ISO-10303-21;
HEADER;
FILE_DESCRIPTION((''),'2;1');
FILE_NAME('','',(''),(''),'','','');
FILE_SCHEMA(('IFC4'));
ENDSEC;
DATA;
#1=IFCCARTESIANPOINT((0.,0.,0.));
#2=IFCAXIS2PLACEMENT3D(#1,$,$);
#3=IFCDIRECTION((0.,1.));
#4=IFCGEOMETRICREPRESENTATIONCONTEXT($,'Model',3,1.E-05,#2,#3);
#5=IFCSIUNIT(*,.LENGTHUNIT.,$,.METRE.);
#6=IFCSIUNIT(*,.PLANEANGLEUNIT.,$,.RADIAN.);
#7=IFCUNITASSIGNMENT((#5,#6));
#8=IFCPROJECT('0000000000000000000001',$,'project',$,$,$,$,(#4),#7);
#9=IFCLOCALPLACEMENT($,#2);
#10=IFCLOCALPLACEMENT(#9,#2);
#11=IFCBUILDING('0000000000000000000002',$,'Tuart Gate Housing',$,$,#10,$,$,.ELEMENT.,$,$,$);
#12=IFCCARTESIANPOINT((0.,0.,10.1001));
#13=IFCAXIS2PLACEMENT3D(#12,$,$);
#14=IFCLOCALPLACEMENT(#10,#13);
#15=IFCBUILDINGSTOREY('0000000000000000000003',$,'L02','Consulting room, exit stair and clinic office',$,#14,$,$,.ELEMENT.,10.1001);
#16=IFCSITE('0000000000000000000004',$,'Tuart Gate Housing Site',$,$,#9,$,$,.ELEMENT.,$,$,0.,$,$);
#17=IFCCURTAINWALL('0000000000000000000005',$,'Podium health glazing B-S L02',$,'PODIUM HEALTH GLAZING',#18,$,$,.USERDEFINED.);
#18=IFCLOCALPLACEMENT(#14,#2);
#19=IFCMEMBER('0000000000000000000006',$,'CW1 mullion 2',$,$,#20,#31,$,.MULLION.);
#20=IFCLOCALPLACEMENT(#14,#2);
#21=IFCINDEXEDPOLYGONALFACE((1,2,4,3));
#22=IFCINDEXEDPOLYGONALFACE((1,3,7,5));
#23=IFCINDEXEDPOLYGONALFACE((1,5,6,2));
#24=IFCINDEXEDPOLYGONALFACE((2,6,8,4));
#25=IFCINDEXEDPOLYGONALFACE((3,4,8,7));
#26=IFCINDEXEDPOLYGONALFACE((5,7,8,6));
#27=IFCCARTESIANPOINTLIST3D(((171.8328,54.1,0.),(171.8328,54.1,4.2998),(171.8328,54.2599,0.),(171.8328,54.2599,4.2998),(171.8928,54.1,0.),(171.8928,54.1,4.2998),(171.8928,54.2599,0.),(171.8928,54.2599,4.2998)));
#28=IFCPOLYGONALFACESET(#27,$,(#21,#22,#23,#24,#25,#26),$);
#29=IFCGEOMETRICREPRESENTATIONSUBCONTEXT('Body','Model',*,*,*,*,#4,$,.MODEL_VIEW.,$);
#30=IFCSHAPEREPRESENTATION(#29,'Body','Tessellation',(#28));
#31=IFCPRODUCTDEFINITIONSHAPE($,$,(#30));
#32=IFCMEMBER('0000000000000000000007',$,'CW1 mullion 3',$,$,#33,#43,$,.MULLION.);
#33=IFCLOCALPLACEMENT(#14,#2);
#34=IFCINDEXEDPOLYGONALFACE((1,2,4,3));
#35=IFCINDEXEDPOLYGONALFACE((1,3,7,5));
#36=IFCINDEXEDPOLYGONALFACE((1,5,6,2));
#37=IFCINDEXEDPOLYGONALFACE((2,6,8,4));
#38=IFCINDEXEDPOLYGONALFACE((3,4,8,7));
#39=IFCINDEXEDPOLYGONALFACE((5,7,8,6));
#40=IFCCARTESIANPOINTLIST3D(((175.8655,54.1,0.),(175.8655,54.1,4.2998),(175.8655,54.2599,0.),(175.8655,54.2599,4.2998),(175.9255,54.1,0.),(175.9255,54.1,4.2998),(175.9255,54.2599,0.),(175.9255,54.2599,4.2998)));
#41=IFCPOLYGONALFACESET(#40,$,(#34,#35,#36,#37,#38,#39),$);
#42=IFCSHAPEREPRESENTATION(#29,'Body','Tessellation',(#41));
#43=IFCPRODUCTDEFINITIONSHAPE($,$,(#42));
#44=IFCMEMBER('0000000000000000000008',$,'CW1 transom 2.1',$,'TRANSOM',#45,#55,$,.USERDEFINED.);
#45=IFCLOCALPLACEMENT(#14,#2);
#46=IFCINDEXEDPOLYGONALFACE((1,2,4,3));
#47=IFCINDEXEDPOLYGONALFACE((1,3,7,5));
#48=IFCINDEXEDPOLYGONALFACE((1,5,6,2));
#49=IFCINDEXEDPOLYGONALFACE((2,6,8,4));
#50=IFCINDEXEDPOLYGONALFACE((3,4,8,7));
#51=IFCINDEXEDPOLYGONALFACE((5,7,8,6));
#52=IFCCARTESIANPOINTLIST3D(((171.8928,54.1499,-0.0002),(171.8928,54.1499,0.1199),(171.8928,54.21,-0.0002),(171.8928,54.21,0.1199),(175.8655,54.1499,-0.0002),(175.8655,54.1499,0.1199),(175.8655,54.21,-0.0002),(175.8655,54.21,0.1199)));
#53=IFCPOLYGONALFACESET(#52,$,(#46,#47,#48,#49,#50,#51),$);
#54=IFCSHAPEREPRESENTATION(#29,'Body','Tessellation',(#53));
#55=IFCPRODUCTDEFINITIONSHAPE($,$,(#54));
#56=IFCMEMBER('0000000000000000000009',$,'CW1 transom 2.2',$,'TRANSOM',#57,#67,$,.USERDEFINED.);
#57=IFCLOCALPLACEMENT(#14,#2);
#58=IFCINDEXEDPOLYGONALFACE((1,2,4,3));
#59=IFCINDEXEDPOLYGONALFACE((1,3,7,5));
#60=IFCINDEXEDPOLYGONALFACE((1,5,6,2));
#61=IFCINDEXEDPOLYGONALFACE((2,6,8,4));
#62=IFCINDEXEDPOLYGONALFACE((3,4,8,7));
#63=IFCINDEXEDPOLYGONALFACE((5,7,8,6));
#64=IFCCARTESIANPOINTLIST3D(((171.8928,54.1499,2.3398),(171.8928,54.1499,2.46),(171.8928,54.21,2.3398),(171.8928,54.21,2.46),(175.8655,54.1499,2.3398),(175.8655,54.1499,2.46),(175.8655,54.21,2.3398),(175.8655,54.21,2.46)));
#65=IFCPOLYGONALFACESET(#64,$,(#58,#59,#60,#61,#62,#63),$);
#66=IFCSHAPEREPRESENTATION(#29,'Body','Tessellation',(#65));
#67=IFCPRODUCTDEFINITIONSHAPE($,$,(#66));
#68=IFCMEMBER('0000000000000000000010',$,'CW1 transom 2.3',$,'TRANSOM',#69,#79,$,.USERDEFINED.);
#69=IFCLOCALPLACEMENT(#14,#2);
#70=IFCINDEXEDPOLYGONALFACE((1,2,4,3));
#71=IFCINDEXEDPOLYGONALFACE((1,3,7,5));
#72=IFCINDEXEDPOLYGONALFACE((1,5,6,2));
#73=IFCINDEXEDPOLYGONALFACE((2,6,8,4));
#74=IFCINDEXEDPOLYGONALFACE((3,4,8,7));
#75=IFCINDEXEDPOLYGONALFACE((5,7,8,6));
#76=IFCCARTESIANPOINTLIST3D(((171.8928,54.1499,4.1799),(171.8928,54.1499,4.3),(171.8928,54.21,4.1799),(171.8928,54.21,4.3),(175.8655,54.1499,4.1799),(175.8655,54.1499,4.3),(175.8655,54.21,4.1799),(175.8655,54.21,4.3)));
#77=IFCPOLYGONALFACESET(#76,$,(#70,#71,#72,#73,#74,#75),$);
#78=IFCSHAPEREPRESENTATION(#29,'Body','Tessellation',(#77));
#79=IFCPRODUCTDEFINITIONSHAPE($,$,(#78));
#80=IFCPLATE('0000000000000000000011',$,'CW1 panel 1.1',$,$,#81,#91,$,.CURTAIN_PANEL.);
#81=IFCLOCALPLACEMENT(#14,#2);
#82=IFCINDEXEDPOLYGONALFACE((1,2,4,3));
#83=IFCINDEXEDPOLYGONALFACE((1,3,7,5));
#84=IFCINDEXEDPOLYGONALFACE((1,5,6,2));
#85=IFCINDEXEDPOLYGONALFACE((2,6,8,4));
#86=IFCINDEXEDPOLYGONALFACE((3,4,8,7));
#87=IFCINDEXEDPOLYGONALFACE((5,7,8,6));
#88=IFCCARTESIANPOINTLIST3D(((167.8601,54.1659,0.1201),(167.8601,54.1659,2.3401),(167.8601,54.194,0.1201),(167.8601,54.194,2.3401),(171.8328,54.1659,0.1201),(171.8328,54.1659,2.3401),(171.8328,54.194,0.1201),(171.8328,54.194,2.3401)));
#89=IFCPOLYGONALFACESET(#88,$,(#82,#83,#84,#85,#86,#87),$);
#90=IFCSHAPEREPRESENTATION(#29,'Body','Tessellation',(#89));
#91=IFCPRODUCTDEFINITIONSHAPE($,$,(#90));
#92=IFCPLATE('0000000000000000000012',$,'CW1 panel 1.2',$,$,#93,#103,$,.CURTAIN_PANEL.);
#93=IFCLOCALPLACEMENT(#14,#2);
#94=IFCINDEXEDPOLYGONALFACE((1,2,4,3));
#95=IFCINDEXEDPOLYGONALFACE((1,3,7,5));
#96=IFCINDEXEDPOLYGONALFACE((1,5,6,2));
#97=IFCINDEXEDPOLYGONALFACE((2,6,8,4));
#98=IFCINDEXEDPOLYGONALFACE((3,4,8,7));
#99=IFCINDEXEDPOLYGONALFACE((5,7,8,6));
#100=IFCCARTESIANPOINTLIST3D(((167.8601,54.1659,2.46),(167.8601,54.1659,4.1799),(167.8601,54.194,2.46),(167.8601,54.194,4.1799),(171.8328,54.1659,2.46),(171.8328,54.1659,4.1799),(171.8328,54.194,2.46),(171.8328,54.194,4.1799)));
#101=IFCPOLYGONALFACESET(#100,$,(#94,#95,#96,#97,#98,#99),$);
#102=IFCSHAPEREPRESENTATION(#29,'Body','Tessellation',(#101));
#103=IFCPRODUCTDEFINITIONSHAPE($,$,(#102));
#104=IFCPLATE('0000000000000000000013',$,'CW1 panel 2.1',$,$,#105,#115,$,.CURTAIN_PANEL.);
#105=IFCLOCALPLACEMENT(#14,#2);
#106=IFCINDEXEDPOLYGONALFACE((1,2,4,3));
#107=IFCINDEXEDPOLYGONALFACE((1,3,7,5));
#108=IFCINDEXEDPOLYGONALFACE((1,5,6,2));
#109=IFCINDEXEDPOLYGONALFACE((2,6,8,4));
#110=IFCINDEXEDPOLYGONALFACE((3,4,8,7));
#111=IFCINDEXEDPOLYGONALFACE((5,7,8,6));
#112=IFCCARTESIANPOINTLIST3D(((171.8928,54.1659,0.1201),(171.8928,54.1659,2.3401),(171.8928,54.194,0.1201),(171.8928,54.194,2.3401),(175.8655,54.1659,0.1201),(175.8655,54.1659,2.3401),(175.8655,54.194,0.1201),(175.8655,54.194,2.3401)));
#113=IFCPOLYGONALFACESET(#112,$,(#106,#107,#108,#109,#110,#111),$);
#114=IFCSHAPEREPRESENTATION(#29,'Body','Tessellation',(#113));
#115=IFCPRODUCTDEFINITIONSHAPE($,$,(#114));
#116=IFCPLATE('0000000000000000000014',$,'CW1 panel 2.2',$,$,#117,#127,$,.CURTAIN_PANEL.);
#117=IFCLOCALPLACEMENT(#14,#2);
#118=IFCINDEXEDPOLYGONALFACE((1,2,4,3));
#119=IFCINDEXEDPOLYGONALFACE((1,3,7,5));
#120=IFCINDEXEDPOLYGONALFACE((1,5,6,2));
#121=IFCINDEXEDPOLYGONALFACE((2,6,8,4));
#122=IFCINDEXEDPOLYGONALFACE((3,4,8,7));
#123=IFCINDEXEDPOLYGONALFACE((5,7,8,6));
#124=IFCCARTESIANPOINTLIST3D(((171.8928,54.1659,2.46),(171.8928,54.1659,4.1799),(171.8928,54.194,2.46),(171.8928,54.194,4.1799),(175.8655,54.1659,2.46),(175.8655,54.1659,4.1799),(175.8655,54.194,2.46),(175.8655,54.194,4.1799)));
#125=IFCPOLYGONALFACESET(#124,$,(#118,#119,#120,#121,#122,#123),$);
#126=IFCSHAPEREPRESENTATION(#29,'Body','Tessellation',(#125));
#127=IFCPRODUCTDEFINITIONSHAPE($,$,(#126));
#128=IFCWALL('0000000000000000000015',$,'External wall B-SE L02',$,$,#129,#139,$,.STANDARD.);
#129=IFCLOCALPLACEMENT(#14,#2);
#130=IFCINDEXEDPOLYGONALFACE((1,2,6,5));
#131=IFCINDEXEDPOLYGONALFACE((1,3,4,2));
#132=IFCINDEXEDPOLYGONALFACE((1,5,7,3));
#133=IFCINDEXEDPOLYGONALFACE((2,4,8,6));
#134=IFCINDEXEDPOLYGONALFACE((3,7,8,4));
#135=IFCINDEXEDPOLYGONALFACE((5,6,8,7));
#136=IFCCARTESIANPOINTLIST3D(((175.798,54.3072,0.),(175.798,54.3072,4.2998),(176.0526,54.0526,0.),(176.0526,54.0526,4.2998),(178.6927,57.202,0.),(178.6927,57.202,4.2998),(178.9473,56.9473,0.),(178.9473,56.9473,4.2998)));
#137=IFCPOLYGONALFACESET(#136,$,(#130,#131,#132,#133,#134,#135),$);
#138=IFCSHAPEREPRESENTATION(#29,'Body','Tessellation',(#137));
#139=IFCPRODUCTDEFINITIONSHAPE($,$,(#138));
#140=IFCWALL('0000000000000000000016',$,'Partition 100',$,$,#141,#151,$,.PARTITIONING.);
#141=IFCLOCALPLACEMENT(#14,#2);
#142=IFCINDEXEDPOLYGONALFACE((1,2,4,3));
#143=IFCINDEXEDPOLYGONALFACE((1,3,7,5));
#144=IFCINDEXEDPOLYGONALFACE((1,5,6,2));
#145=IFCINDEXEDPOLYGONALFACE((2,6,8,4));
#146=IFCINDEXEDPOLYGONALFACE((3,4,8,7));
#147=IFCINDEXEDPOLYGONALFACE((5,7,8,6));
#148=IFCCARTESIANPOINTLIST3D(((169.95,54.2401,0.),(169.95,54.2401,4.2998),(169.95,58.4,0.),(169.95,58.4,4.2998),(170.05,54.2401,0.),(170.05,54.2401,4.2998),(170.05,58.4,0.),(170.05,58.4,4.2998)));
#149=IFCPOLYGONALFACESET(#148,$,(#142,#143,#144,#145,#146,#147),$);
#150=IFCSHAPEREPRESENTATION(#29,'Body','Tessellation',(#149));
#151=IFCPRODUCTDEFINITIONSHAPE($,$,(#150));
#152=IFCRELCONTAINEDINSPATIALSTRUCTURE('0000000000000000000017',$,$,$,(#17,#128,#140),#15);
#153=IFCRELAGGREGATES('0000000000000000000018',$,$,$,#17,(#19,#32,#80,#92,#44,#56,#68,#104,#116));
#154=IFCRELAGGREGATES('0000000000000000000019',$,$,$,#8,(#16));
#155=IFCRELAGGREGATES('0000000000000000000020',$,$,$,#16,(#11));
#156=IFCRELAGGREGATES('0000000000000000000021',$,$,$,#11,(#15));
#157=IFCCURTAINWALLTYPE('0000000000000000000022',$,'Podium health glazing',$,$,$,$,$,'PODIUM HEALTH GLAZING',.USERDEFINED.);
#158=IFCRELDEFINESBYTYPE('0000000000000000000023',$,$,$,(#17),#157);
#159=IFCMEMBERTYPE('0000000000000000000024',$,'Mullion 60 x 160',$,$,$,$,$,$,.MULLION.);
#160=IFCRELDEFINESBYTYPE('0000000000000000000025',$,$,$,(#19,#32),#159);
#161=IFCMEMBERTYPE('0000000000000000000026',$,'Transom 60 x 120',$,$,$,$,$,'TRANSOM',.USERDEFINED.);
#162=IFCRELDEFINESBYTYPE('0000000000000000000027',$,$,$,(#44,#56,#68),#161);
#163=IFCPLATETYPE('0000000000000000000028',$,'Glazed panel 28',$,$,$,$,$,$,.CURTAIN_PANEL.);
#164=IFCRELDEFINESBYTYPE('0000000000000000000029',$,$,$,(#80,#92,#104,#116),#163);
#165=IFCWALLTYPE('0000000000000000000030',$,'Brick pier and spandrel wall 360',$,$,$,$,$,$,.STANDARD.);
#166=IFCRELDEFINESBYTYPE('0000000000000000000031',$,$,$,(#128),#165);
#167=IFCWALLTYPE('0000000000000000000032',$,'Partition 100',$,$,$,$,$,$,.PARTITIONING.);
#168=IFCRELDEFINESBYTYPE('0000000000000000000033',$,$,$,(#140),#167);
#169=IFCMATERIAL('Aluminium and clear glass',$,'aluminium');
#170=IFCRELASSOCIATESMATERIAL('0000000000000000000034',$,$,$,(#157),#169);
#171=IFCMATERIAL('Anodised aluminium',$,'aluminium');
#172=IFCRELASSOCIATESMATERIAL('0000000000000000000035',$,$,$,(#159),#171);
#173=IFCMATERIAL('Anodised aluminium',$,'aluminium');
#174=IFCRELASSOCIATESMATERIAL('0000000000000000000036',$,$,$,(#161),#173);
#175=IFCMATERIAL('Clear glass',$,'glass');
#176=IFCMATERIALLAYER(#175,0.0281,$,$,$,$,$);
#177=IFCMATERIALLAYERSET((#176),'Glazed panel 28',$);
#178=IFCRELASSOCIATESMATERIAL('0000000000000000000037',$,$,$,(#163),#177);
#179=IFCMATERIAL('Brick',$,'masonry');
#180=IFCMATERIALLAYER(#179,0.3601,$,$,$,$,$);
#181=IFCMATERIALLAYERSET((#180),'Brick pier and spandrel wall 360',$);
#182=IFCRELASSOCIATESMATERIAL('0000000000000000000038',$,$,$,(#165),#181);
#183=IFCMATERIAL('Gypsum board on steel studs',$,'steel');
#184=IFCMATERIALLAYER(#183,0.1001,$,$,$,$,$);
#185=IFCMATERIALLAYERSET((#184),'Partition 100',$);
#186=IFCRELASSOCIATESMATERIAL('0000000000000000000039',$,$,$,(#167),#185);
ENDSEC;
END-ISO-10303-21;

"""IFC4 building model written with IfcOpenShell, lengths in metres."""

from ifc_helpers import new_model, si_unit, direction, frame, frame_2d, origin, origin_2d, place, context, subcontext, project, spatial, rectangle, extrude, material, layer, layer_set, material_profile, profile_set, type_object, element, aggregate, save


model = new_model("IFC4")

# Units and contexts
model_context = context("Model", 3, precision=1e-05, world=origin(), true_north=direction((0.0, 1.0)))
body_context = subcontext(model_context, "Body", "Model", "MODEL_VIEW")
ifc_project = project(units=[si_unit("LENGTHUNIT", "METRE"), si_unit("PLANEANGLEUNIT", "RADIAN")], contexts=[model_context])

# Site, building, storey
site_placement = place(None, origin())
site = spatial("IfcSite", under=ifc_project, at=site_placement, Name="Tuart Gate Housing Site", CompositionType="ELEMENT", RefElevation=0.0)
building_placement = place(site_placement, origin())
building = spatial("IfcBuilding", under=site, at=building_placement, Name="Tuart Gate Housing", CompositionType="ELEMENT")
storey_placement = place(building_placement, frame((0.0, 0.0, 10.1001)))
storey = spatial("IfcBuildingStorey", under=building, at=storey_placement, Name="L02", Description="Consulting room, exit stair and clinic office", CompositionType="ELEMENT", Elevation=10.1001)

# Curtain wall, members, plates
ifc_material_1 = material(Name="Aluminium and clear glass", Category="aluminium")
curtain_wall_type = type_object("IfcCurtainWallType", Name="Podium health glazing", ElementType="PODIUM HEALTH GLAZING", PredefinedType="USERDEFINED", material=ifc_material_1)
curtain_wall_placement = place(storey_placement, origin())
curtain_wall = element("IfcCurtainWall", 1, at=curtain_wall_placement, inside=storey, type_object=curtain_wall_type, Name="Podium health glazing B-S L02", ObjectType="PODIUM HEALTH GLAZING", PredefinedType="USERDEFINED")
ifc_material_2 = material(Name="Anodised aluminium", Category="aluminium")
ifc_material_profile_1 = material_profile(ifc_material_2, rectangle(XDim=0.0601, YDim=0.1599, at=origin_2d()), Name="60x160")
ifc_profile_set_1 = profile_set([ifc_material_profile_1], Name="Anodised aluminium")
member_type_1 = type_object("IfcMemberType", Name="Mullion 60 x 160", PredefinedType="MULLION", material=ifc_profile_set_1)
member_1_placement = place(storey_placement, frame((171.8628, 54.1799, 0.0), z_axis=(0.0, 0.0, 1.0), x_axis=(1.0, 0.0, 0.0)))
member_1 = element("IfcMember", 2, at=member_1_placement, type_object=member_type_1, Name="CW1 mullion 2", PredefinedType="MULLION", context=body_context, shape_type="SweptSolid", body=[
    extrude(rectangle(XDim=0.0601, YDim=0.1599, at=origin_2d()), origin(), (0.0, 0.0, 1.0), 4.2998),
])
member_2_placement = place(storey_placement, frame((175.8955, 54.1799, 0.0), z_axis=(0.0, 0.0, 1.0), x_axis=(1.0, 0.0, 0.0)))
member_2 = element("IfcMember", 3, at=member_2_placement, type_object=member_type_1, Name="CW1 mullion 3", PredefinedType="MULLION", context=body_context, shape_type="SweptSolid", body=[
    extrude(rectangle(XDim=0.0601, YDim=0.1599, at=origin_2d()), origin(), (0.0, 0.0, 1.0), 4.2998),
])
ifc_material_3 = material(Name="Anodised aluminium", Category="aluminium")
ifc_material_profile_2 = material_profile(ifc_material_3, rectangle(XDim=0.0601, YDim=0.1201, at=origin_2d()), Name="60x120")
ifc_profile_set_2 = profile_set([ifc_material_profile_2], Name="Anodised aluminium")
member_type_2 = type_object("IfcMemberType", Name="Transom 60 x 120", ElementType="TRANSOM", PredefinedType="USERDEFINED", material=ifc_profile_set_2)
member_3_placement = place(storey_placement, frame((171.8928, 54.1799, 0.0598), z_axis=(1.0, 0.0, 0.0), x_axis=(0.0, 1.0, 0.0)))
member_3 = element("IfcMember", 4, at=member_3_placement, type_object=member_type_2, Name="CW1 transom 2.1", ObjectType="TRANSOM", PredefinedType="USERDEFINED", context=body_context, shape_type="SweptSolid", body=[
    extrude(rectangle(XDim=0.0601, YDim=0.1201, at=origin_2d()), origin(), (0.0, 0.0, 1.0), 3.9727),
])
member_4_placement = place(storey_placement, frame((171.8928, 54.1799, 2.3999), z_axis=(1.0, 0.0, 0.0), x_axis=(0.0, 1.0, 0.0)))
member_4 = element("IfcMember", 5, at=member_4_placement, type_object=member_type_2, Name="CW1 transom 2.2", ObjectType="TRANSOM", PredefinedType="USERDEFINED", context=body_context, shape_type="SweptSolid", body=[
    extrude(rectangle(XDim=0.0601, YDim=0.1201, at=origin_2d()), origin(), (0.0, 0.0, 1.0), 3.9727),
])
member_5_placement = place(storey_placement, frame((171.8928, 54.1799, 4.24), z_axis=(1.0, 0.0, 0.0), x_axis=(0.0, 1.0, 0.0)))
member_5 = element("IfcMember", 6, at=member_5_placement, type_object=member_type_2, Name="CW1 transom 2.3", ObjectType="TRANSOM", PredefinedType="USERDEFINED", context=body_context, shape_type="SweptSolid", body=[
    extrude(rectangle(XDim=0.0601, YDim=0.1201, at=origin_2d()), origin(), (0.0, 0.0, 1.0), 3.9727),
])
ifc_material_4 = material(Name="Clear glass", Category="glass")
ifc_layer_1 = layer(ifc_material_4, 0.0281)
ifc_layer_set_1 = layer_set([ifc_layer_1], Name="Glazed panel 28")
plate_type = type_object("IfcPlateType", Name="Glazed panel 28", PredefinedType="CURTAIN_PANEL", material=ifc_layer_set_1)
plate_1_placement = place(storey_placement, frame((169.8464, 54.1799, 0.1201), z_axis=(0.0, 0.0, 1.0), x_axis=(1.0, 0.0, 0.0)))
plate_1 = element("IfcPlate", 7, at=plate_1_placement, type_object=plate_type, Name="CW1 panel 1.1", PredefinedType="CURTAIN_PANEL", context=body_context, shape_type="SweptSolid", body=[
    extrude(rectangle(XDim=3.9727, YDim=0.0281, at=origin_2d()), origin(), (0.0, 0.0, 1.0), 2.22),
])
plate_2_placement = place(storey_placement, frame((169.8464, 54.1799, 2.46), z_axis=(0.0, 0.0, 1.0), x_axis=(1.0, 0.0, 0.0)))
plate_2 = element("IfcPlate", 8, at=plate_2_placement, type_object=plate_type, Name="CW1 panel 1.2", PredefinedType="CURTAIN_PANEL", context=body_context, shape_type="SweptSolid", body=[
    extrude(rectangle(XDim=3.9727, YDim=0.0281, at=origin_2d()), origin(), (0.0, 0.0, 1.0), 1.72),
])
plate_3_placement = place(storey_placement, frame((173.8792, 54.1799, 0.1201), z_axis=(0.0, 0.0, 1.0), x_axis=(1.0, 0.0, 0.0)))
plate_3 = element("IfcPlate", 9, at=plate_3_placement, type_object=plate_type, Name="CW1 panel 2.1", PredefinedType="CURTAIN_PANEL", context=body_context, shape_type="SweptSolid", body=[
    extrude(rectangle(XDim=3.9727, YDim=0.0281, at=origin_2d()), origin(), (0.0, 0.0, 1.0), 2.22),
])
plate_4_placement = place(storey_placement, frame((173.8792, 54.1799, 2.46), z_axis=(0.0, 0.0, 1.0), x_axis=(1.0, 0.0, 0.0)))
plate_4 = element("IfcPlate", 10, at=plate_4_placement, type_object=plate_type, Name="CW1 panel 2.2", PredefinedType="CURTAIN_PANEL", context=body_context, shape_type="SweptSolid", body=[
    extrude(rectangle(XDim=3.9727, YDim=0.0281, at=origin_2d()), origin(), (0.0, 0.0, 1.0), 1.72),
])
aggregate(curtain_wall, [member_1, member_2, plate_1, plate_2, member_3, member_4, member_5, plate_3, plate_4])

# Walls
ifc_material_5 = material(Name="Brick", Category="masonry")
ifc_layer_2 = layer(ifc_material_5, 0.3601)
ifc_layer_set_2 = layer_set([ifc_layer_2], Name="Brick pier and spandrel wall 360")
wall_type_1 = type_object("IfcWallType", Name="Brick pier and spandrel wall 360", PredefinedType="STANDARD", material=ifc_layer_set_2)
wall_1_placement = place(storey_placement, frame((175.9253, 54.1799, 0.0), z_axis=(0.0, 0.0, 1.0), x_axis=(0.707107, 0.707107, 0.0)))
element("IfcWall", 11, at=wall_1_placement, inside=storey, type_object=wall_type_1, Name="External wall B-SE L02", PredefinedType="STANDARD", context=body_context, shape_type="SweptSolid", body=[
    extrude(rectangle(XDim=4.0938, YDim=0.3601, at=frame_2d((2.0469, 0.0))), origin(), (0.0, 0.0, 1.0), 4.2998),
])
ifc_material_6 = material(Name="Gypsum board on steel studs", Category="steel")
ifc_layer_3 = layer(ifc_material_6, 0.1001)
ifc_layer_set_3 = layer_set([ifc_layer_3], Name="Partition 100")
wall_type_2 = type_object("IfcWallType", Name="Partition 100", PredefinedType="PARTITIONING", material=ifc_layer_set_3)
wall_2_placement = place(storey_placement, frame((170.0, 54.24, 0.0), z_axis=(0.0, 0.0, 1.0), x_axis=(0.0, 1.0, 0.0)))
element("IfcWall", 12, at=wall_2_placement, inside=storey, type_object=wall_type_2, Name="Partition 100", PredefinedType="PARTITIONING", context=body_context, shape_type="SweptSolid", body=[
    extrude(rectangle(XDim=4.1599, YDim=0.1001, at=frame_2d((2.0801, 0.0))), origin(), (0.0, 0.0, 1.0), 4.2998),
])

save(model, "model.ifc")
